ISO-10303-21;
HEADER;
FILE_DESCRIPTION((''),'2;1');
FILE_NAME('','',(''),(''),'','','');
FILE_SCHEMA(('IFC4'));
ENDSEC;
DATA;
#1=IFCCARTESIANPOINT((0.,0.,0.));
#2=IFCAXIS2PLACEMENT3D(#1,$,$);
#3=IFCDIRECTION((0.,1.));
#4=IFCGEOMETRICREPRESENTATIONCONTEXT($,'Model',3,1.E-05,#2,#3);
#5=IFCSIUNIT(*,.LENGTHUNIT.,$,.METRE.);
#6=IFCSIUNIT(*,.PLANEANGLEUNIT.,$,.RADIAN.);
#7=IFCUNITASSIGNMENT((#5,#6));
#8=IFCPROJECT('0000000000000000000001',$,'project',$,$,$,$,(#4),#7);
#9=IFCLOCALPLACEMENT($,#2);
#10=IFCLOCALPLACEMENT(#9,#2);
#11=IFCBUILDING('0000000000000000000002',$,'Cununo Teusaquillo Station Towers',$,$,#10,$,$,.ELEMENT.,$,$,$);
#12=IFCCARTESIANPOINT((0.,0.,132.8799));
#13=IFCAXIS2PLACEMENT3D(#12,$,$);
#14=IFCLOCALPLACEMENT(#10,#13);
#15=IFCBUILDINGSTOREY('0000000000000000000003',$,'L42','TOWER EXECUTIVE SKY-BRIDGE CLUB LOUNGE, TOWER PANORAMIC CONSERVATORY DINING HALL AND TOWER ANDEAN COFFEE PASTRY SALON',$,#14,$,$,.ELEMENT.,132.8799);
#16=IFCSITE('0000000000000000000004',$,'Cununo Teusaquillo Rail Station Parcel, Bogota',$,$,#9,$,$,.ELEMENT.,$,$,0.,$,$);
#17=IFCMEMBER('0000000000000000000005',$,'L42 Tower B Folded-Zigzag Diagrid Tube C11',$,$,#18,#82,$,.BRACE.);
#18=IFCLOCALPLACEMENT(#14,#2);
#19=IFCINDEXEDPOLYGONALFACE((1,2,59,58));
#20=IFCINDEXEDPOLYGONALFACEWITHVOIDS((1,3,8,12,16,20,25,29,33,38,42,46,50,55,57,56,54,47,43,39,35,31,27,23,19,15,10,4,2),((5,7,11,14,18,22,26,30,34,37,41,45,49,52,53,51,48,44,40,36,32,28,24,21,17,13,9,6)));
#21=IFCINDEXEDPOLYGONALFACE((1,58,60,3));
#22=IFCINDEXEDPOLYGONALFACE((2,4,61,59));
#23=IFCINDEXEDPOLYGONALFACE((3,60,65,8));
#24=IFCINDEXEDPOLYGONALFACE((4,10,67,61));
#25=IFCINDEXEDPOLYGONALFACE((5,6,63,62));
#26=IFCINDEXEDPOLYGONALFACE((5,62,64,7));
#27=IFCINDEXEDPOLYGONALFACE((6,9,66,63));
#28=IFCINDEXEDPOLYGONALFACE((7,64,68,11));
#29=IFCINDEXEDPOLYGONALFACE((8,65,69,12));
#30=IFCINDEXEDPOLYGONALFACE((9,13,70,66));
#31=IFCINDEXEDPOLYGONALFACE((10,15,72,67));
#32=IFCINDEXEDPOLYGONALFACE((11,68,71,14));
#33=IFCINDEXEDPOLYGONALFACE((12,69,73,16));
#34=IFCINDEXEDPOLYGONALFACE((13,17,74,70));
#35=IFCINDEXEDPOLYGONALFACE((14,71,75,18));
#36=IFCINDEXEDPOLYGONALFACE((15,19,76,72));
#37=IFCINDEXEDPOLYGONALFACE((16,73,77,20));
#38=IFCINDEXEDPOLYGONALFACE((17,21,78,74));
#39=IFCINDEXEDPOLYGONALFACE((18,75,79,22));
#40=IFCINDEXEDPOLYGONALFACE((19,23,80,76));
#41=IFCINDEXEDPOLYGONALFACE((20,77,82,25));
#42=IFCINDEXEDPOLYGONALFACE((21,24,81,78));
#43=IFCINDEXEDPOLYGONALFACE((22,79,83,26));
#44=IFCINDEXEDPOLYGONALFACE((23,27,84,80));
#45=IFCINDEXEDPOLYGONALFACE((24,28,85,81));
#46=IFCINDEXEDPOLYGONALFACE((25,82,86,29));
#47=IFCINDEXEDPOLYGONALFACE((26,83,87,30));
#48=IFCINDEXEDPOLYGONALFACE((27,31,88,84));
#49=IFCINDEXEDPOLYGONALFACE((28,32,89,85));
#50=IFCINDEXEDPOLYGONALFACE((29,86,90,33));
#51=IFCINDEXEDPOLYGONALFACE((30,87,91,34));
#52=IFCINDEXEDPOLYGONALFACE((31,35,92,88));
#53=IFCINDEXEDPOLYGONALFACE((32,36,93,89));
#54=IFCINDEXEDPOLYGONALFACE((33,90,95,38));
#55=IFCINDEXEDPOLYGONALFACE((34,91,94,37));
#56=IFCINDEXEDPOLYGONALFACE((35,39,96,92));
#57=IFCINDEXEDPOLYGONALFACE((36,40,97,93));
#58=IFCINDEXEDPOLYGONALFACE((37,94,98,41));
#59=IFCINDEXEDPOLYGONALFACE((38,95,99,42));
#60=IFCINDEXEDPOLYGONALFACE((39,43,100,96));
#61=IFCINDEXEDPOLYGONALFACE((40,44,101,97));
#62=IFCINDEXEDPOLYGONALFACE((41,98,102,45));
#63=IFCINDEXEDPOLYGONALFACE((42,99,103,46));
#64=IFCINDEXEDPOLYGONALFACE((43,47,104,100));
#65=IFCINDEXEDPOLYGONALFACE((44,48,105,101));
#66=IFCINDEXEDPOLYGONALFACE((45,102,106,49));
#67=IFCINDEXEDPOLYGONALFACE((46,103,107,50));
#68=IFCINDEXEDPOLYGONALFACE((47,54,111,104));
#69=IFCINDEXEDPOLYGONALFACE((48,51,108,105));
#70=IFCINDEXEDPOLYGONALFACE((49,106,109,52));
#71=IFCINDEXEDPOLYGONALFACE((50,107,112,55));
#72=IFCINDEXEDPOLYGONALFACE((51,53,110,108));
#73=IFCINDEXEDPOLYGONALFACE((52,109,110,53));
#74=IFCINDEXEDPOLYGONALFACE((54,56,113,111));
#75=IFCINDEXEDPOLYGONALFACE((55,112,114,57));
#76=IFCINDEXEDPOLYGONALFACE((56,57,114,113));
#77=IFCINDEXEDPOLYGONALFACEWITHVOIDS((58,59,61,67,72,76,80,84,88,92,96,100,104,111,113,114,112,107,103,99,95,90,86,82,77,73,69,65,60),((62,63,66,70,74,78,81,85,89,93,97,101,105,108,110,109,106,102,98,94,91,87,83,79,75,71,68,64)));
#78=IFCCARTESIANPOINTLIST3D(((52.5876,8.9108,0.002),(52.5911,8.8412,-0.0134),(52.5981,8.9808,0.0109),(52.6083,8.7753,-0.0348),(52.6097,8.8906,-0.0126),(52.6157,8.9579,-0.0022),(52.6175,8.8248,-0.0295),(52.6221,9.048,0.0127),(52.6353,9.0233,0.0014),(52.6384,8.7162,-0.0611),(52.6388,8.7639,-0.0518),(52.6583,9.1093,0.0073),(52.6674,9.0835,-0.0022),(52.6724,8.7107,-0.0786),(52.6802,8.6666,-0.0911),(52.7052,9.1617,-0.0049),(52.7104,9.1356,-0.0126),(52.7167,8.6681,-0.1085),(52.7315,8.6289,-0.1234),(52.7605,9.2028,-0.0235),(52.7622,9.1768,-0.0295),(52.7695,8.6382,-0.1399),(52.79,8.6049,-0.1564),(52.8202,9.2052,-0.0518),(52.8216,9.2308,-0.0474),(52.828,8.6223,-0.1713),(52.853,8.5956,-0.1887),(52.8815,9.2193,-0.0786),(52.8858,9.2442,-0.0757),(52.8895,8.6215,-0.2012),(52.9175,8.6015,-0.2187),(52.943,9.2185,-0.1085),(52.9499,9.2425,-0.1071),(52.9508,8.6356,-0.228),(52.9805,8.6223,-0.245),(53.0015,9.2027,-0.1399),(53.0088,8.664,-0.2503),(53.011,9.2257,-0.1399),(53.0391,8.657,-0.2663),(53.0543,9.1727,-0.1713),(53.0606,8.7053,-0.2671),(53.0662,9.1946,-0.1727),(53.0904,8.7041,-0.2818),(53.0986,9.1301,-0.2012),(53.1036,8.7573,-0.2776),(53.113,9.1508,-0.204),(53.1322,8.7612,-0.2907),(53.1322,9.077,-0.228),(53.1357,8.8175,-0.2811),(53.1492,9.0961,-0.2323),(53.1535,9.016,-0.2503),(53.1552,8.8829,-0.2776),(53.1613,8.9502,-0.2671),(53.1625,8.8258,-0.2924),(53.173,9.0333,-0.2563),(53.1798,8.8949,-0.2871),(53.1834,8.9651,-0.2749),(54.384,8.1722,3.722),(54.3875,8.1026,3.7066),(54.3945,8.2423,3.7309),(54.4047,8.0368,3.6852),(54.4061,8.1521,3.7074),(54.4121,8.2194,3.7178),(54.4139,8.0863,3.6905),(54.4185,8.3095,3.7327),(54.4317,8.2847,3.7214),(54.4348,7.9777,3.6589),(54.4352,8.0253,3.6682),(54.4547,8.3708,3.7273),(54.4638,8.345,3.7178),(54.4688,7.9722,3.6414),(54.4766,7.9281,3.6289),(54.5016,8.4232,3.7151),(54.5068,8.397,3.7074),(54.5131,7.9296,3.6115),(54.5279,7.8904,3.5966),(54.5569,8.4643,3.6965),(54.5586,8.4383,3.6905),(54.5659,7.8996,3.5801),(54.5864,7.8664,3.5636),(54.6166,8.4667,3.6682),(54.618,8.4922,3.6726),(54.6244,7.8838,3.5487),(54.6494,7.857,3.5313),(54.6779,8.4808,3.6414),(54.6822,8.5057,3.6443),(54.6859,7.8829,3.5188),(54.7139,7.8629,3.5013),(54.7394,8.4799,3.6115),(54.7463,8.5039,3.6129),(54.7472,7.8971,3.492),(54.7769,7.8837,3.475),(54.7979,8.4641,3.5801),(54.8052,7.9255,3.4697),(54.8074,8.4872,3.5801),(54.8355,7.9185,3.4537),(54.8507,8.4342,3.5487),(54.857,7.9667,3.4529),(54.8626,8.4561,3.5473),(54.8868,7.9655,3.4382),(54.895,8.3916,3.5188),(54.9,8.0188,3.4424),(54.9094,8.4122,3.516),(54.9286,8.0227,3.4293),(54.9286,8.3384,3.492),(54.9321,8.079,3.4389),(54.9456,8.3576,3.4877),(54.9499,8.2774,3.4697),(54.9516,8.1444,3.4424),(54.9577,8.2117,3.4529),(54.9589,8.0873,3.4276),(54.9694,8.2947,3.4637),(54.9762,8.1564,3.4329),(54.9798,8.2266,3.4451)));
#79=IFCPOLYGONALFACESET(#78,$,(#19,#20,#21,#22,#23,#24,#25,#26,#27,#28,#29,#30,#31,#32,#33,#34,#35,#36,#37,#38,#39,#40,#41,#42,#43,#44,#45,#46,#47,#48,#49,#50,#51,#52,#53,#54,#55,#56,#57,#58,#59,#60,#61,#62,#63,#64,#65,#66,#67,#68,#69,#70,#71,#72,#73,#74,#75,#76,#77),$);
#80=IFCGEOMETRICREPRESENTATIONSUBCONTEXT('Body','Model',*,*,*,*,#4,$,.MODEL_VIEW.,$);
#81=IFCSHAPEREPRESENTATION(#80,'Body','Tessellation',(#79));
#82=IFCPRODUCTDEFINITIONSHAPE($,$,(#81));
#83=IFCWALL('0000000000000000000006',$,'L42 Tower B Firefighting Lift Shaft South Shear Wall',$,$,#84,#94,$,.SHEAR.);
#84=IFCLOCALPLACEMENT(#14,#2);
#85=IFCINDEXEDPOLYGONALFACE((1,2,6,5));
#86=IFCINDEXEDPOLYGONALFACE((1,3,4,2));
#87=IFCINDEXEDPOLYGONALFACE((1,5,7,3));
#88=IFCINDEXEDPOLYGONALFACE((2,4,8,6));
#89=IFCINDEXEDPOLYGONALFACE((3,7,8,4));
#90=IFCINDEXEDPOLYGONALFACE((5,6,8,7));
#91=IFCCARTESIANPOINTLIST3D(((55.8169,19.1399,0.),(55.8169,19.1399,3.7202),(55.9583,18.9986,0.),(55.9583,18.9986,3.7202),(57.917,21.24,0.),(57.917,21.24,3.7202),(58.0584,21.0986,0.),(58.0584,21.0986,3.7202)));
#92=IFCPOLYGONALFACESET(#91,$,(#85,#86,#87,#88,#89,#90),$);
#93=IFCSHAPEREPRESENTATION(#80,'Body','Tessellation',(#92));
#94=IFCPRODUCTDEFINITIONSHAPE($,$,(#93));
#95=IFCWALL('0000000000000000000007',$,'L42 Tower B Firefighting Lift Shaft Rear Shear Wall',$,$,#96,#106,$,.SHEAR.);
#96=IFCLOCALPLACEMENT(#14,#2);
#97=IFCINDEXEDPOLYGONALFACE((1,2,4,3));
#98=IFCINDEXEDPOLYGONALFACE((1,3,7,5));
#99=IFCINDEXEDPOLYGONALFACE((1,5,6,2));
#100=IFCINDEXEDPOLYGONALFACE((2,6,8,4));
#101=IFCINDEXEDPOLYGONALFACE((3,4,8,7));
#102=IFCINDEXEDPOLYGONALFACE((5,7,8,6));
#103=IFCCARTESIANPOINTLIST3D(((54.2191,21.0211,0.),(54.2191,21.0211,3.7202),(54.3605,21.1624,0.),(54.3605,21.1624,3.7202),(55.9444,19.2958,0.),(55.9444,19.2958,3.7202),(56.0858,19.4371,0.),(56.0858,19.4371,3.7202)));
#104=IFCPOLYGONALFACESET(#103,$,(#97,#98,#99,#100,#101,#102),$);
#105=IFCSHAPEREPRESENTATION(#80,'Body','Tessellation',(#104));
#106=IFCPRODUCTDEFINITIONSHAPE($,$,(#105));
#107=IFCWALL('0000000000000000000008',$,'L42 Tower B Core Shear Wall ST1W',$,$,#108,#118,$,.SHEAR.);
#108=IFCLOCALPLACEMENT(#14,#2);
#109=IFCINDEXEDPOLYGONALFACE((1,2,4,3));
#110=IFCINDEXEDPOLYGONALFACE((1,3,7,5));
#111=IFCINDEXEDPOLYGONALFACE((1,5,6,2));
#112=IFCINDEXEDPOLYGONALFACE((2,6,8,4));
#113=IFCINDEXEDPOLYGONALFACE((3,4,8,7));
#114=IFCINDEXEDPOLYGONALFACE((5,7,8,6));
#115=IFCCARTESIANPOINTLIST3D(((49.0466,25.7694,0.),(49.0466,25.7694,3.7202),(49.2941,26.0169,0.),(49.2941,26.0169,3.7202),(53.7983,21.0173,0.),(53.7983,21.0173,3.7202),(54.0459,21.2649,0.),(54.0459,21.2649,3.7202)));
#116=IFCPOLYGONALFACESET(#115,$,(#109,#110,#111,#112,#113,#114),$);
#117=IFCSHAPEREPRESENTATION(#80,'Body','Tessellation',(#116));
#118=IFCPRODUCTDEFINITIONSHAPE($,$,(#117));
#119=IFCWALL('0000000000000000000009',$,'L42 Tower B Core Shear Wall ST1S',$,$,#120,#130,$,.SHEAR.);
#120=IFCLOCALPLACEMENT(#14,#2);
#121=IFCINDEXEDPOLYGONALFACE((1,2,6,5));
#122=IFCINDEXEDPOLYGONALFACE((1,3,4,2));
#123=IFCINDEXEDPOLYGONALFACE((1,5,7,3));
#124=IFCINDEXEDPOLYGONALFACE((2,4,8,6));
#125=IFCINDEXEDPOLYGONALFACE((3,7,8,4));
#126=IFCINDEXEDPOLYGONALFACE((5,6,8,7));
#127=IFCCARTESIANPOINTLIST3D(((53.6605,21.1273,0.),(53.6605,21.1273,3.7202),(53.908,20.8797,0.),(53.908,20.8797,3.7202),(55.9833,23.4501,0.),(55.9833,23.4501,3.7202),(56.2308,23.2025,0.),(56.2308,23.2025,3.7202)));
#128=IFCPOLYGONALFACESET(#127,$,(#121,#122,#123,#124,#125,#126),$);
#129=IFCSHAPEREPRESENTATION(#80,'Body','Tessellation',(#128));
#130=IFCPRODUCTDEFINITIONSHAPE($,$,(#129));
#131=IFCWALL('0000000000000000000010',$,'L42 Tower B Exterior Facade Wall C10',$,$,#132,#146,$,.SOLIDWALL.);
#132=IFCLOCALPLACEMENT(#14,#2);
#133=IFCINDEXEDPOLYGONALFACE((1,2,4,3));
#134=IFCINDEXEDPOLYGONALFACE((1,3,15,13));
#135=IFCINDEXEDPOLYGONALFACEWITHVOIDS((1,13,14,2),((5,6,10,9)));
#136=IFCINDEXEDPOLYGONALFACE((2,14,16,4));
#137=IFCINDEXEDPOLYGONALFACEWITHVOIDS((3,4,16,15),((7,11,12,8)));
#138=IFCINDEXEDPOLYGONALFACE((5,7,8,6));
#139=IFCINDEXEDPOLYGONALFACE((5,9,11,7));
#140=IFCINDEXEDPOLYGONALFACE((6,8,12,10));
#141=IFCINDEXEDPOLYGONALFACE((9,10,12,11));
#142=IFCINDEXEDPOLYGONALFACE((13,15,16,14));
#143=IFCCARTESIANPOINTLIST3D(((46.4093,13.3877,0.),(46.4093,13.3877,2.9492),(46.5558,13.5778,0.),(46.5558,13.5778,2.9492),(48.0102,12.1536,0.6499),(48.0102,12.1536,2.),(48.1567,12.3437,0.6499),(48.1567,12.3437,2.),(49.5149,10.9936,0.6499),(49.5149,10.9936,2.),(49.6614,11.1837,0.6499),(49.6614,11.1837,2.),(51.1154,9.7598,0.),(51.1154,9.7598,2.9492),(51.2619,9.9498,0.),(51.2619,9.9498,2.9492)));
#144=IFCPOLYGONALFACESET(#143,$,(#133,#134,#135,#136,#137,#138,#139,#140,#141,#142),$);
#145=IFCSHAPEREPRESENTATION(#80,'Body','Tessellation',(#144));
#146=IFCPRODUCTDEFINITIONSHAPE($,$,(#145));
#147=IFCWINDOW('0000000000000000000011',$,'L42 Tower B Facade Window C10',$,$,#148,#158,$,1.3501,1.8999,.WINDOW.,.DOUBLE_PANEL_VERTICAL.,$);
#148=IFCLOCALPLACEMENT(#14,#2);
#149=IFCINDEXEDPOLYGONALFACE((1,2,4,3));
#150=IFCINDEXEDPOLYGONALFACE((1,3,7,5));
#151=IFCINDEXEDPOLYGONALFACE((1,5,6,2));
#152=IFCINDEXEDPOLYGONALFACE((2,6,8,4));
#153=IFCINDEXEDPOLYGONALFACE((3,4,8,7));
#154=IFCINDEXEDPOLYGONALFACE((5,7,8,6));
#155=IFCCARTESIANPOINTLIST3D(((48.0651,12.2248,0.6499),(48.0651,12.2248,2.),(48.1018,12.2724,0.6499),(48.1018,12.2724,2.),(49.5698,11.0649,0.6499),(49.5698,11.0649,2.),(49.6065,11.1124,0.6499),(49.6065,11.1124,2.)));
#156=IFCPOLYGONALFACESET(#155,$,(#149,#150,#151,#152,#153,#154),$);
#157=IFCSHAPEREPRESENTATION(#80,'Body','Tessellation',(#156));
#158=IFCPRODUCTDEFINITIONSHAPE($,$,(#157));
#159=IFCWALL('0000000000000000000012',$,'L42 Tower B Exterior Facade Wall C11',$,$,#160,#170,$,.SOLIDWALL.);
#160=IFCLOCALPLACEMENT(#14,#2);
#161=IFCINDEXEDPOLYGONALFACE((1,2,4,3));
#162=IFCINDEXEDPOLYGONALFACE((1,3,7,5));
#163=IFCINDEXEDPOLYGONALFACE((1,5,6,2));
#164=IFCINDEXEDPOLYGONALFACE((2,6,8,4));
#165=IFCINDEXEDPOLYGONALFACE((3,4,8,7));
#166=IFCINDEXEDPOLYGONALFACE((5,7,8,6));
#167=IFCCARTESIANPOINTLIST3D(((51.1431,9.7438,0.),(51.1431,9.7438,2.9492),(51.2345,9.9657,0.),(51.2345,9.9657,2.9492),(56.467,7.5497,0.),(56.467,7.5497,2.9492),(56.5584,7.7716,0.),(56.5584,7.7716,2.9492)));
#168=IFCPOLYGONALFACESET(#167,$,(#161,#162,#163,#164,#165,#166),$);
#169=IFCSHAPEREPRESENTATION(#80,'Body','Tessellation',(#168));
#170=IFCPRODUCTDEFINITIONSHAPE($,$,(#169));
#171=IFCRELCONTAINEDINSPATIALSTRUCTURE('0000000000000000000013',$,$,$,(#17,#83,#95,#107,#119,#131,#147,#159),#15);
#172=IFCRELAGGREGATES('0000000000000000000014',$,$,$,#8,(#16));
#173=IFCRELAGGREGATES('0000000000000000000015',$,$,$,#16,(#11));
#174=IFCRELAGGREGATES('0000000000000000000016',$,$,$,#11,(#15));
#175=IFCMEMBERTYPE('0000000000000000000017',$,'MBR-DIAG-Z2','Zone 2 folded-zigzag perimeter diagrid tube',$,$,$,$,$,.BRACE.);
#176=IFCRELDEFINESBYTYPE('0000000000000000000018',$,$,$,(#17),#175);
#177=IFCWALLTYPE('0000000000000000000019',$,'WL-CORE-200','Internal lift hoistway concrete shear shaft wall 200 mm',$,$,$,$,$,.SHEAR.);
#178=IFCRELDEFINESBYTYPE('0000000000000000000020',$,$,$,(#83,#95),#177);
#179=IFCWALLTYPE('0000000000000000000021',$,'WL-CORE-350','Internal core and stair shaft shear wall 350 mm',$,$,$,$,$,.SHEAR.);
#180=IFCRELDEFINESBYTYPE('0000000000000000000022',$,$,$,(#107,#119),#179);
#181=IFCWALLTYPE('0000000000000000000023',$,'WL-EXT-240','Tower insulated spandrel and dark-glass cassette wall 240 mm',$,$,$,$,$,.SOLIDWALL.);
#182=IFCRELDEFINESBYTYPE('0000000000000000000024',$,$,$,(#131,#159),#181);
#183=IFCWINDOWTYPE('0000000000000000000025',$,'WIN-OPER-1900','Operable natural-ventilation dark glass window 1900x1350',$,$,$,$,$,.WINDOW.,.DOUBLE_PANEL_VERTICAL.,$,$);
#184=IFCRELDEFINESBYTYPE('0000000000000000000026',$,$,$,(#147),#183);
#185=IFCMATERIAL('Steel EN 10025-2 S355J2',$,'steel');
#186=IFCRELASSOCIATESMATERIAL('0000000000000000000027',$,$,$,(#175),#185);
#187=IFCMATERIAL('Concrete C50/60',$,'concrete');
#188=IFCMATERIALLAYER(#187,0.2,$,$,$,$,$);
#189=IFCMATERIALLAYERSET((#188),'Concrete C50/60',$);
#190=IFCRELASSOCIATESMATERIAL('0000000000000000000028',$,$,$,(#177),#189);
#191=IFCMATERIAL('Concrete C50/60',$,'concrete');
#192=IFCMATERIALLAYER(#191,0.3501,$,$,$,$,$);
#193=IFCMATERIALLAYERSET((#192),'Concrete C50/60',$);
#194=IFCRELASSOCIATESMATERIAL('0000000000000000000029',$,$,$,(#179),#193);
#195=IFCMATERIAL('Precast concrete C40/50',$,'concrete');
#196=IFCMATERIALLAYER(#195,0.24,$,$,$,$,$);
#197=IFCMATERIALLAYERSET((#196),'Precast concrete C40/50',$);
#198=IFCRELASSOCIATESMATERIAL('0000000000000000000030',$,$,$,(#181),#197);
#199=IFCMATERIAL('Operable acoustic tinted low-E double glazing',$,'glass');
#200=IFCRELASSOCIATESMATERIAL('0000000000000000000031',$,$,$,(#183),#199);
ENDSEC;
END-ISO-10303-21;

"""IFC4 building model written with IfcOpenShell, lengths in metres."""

from ifc_helpers import new_model, si_unit, direction, frame, frame_2d, origin, origin_2d, place, context, subcontext, project, spatial, rectangle, hollow_circle, extrude, source, transform, mapped, material, layer, layer_set, material_profile, profile_set, type_object, element, fill, save


model = new_model("IFC4")

# Units and contexts
model_context = context("Model", 3, precision=1e-05, world=origin(), true_north=direction((0.0, 1.0)))
body_context = subcontext(model_context, "Body", "Model", "MODEL_VIEW")
ifc_project = project(units=[si_unit("LENGTHUNIT", "METRE"), si_unit("PLANEANGLEUNIT", "RADIAN")], contexts=[model_context])

# Site, building, storey
site_placement = place(None, origin())
site = spatial("IfcSite", under=ifc_project, at=site_placement, Name="Cununo Teusaquillo Rail Station Parcel, Bogota", CompositionType="ELEMENT", RefElevation=0.0)
building_placement = place(site_placement, origin())
building = spatial("IfcBuilding", under=site, at=building_placement, Name="Cununo Teusaquillo Station Towers", CompositionType="ELEMENT")
storey_placement = place(building_placement, frame((0.0, 0.0, 132.8799)))
storey = spatial("IfcBuildingStorey", under=building, at=storey_placement, Name="L42", Description="TOWER EXECUTIVE SKY-BRIDGE CLUB LOUNGE, TOWER PANORAMIC CONSERVATORY DINING HALL AND TOWER ANDEAN COFFEE PASTRY SALON", CompositionType="ELEMENT", Elevation=132.8799)

# Member
ifc_material_1 = material(Name="Steel EN 10025-2 S355J2", Category="steel")
ifc_material_profile_1 = material_profile(ifc_material_1, hollow_circle(Radius=0.3301, WallThickness=0.0249, at=origin_2d()), Name="CHS 660x25")
ifc_profile_set_1 = profile_set([ifc_material_profile_1], Name="Steel EN 10025-2 S355J2")
member_type = type_object("IfcMemberType", Name="MBR-DIAG-Z2", Description="Zone 2 folded-zigzag perimeter diagrid tube", PredefinedType="BRACE", material=ifc_profile_set_1)
member_placement = place(storey_placement, frame((52.8855, 8.9204, -0.1399), z_axis=(0.428068, -0.175986, 0.886446), x_axis=(0.380238, 0.924889, 0.0)))
element("IfcMember", 1, at=member_placement, inside=storey, type_object=member_type, Name="L42 Tower B Folded-Zigzag Diagrid Tube C11", PredefinedType="BRACE", context=body_context, shape_type="SweptSolid", body=[
    extrude(hollow_circle(Radius=0.3301, WallThickness=0.0249, at=origin_2d()), origin(), (0.0, 0.0, 1.0), 4.1965),
])

# Walls
ifc_material_2 = material(Name="Concrete C50/60", Category="concrete")
ifc_layer_1 = layer(ifc_material_2, 0.2)
ifc_layer_set_1 = layer_set([ifc_layer_1], Name="Concrete C50/60")
wall_type_1 = type_object("IfcWallType", Name="WL-CORE-200", Description="Internal lift hoistway concrete shear shaft wall 200 mm", PredefinedType="SHEAR", material=ifc_layer_set_1)
wall_1_placement = place(storey_placement, frame((55.8877, 19.0693, 0.0), z_axis=(0.0, 0.0, 1.0), x_axis=(0.707107, 0.707107, 0.0)))
element("IfcWall", 2, at=wall_1_placement, inside=storey, type_object=wall_type_1, Name="L42 Tower B Firefighting Lift Shaft South Shear Wall", PredefinedType="SHEAR", context=body_context, shape_type="SweptSolid", body=[
    extrude(rectangle(XDim=2.97, YDim=0.2, at=frame_2d((1.4849, 0.0))), origin(), (0.0, 0.0, 1.0), 3.7202),
])
wall_2_placement = place(storey_placement, frame((56.0151, 19.3665, 0.0), z_axis=(0.0, 0.0, 1.0), x_axis=(-0.707107, 0.707107, 0.0)))
element("IfcWall", 3, at=wall_2_placement, inside=storey, type_object=wall_type_1, Name="L42 Tower B Firefighting Lift Shaft Rear Shear Wall", PredefinedType="SHEAR", context=body_context, shape_type="SweptSolid", body=[
    extrude(rectangle(XDim=2.4399, YDim=0.2, at=frame_2d((1.22, 0.0))), origin(), (0.0, 0.0, 1.0), 3.7202),
])
ifc_material_3 = material(Name="Concrete C50/60", Category="concrete")
ifc_layer_2 = layer(ifc_material_3, 0.3501)
ifc_layer_set_2 = layer_set([ifc_layer_2], Name="Concrete C50/60")
wall_type_2 = type_object("IfcWallType", Name="WL-CORE-350", Description="Internal core and stair shaft shear wall 350 mm", PredefinedType="SHEAR", material=ifc_layer_set_2)
wall_3_placement = place(storey_placement, frame((53.9221, 21.1411, 0.0), z_axis=(0.0, 0.0, 1.0), x_axis=(-0.707089, 0.707125, 0.0)))
element("IfcWall", 4, at=wall_3_placement, inside=storey, type_object=wall_type_2, Name="L42 Tower B Core Shear Wall ST1W", PredefinedType="SHEAR", context=body_context, shape_type="SweptSolid", body=[
    extrude(rectangle(XDim=6.7202, YDim=0.3501, at=frame_2d((3.3601, 0.0))), origin(), (0.0, 0.0, 1.0), 3.7202),
])
wall_4_placement = place(storey_placement, frame((53.7842, 21.0034, 0.0), z_axis=(0.0, 0.0, 1.0), x_axis=(0.707107, 0.707107, 0.0)))
element("IfcWall", 5, at=wall_4_placement, inside=storey, type_object=wall_type_2, Name="L42 Tower B Core Shear Wall ST1S", PredefinedType="SHEAR", context=body_context, shape_type="SweptSolid", body=[
    extrude(rectangle(XDim=3.2849, YDim=0.3501, at=frame_2d((1.6426, 0.0))), origin(), (0.0, 0.0, 1.0), 3.7202),
])

# Wall, opening, window
ifc_material_4 = material(Name="Precast concrete C40/50", Category="concrete")
ifc_layer_3 = layer(ifc_material_4, 0.24)
ifc_layer_set_3 = layer_set([ifc_layer_3], Name="Precast concrete C40/50")
wall_type_3 = type_object("IfcWallType", Name="WL-EXT-240", Description="Tower insulated spandrel and dark-glass cassette wall 240 mm", PredefinedType="SOLIDWALL", material=ifc_layer_set_3)
wall_5_placement = place(storey_placement, frame((51.1887, 9.8547, 0.0), z_axis=(0.0, 0.0, 1.0), x_axis=(-0.791982, 0.610544, 0.0)))
wall_5 = element("IfcWall", 6, at=wall_5_placement, inside=storey, type_object=wall_type_3, Name="L42 Tower B Exterior Facade Wall C10", PredefinedType="SOLIDWALL", context=body_context, shape_type="SweptSolid", body=[
    extrude(rectangle(XDim=5.9421, YDim=0.24, at=frame_2d((2.9712, 0.0))), origin(), (0.0, 0.0, 1.0), 2.9492),
])
shared_shape_1 = source(origin(), body_context, "Body", "SweptSolid", [
    extrude(rectangle(XDim=1.8999, YDim=1.3501, at=frame_2d((0.95, 0.675))), frame((0.0, 0.1299, 0.0), z_axis=(0.0, -1.0, 0.0), x_axis=(1.0, 0.0, 0.0)), (0.0, 0.0, 1.0), 0.26),
])
opening_1_placement = place(wall_5_placement, frame((2.021, 0.0, 0.6499)))
opening_1 = element("IfcOpeningElement", 7, at=opening_1_placement, cuts=wall_5, PredefinedType="OPENING", context=body_context, shape_type="MappedRepresentation", body=[
    mapped(shared_shape_1, transform((0.0, 0.0, 0.0), x_axis=(1.0, 0.0, 0.0), y_axis=(0.0, 1.0, 0.0), z_axis=(0.0, 0.0, 1.0), scale=1.0)),
])
ifc_material_5 = material(Name="Operable acoustic tinted low-E double glazing", Category="glass")
window_type = type_object("IfcWindowType", Name="WIN-OPER-1900", Description="Operable natural-ventilation dark glass window 1900x1350", PartitioningType="DOUBLE_PANEL_VERTICAL", PredefinedType="WINDOW", material=ifc_material_5)
shared_shape_2 = source(origin(), body_context, "Body", "SweptSolid", [
    extrude(rectangle(XDim=1.8999, YDim=1.3501, at=frame_2d((0.95, 0.675))), frame((0.0, 0.03, 0.0), z_axis=(0.0, -1.0, 0.0), x_axis=(1.0, 0.0, 0.0)), (0.0, 0.0, 1.0), 0.0601),
])
window_placement = place(opening_1_placement, origin())
window = element("IfcWindow", 8, at=window_placement, inside=storey, type_object=window_type, Name="L42 Tower B Facade Window C10", OverallHeight=1.3501, OverallWidth=1.8999, PartitioningType="DOUBLE_PANEL_VERTICAL", PredefinedType="WINDOW", context=body_context, shape_type="MappedRepresentation", body=[
    mapped(shared_shape_2, transform((0.0, 0.0, 0.0), x_axis=(1.0, 0.0, 0.0), y_axis=(0.0, 1.0, 0.0), z_axis=(0.0, 0.0, 1.0), scale=1.0)),
])
fill(opening_1, window)

# Wall
wall_6_placement = place(storey_placement, frame((56.5127, 7.6606, 0.0), z_axis=(0.0, 0.0, 1.0), x_axis=(-0.924564, 0.381027, 0.0)))
element("IfcWall", 9, at=wall_6_placement, inside=storey, type_object=wall_type_3, Name="L42 Tower B Exterior Facade Wall C11", PredefinedType="SOLIDWALL", context=body_context, shape_type="SweptSolid", body=[
    extrude(rectangle(XDim=5.7583, YDim=0.24, at=frame_2d((2.8792, 0.0))), origin(), (0.0, 0.0, 1.0), 2.9492),
])

save(model, "model.ifc")
